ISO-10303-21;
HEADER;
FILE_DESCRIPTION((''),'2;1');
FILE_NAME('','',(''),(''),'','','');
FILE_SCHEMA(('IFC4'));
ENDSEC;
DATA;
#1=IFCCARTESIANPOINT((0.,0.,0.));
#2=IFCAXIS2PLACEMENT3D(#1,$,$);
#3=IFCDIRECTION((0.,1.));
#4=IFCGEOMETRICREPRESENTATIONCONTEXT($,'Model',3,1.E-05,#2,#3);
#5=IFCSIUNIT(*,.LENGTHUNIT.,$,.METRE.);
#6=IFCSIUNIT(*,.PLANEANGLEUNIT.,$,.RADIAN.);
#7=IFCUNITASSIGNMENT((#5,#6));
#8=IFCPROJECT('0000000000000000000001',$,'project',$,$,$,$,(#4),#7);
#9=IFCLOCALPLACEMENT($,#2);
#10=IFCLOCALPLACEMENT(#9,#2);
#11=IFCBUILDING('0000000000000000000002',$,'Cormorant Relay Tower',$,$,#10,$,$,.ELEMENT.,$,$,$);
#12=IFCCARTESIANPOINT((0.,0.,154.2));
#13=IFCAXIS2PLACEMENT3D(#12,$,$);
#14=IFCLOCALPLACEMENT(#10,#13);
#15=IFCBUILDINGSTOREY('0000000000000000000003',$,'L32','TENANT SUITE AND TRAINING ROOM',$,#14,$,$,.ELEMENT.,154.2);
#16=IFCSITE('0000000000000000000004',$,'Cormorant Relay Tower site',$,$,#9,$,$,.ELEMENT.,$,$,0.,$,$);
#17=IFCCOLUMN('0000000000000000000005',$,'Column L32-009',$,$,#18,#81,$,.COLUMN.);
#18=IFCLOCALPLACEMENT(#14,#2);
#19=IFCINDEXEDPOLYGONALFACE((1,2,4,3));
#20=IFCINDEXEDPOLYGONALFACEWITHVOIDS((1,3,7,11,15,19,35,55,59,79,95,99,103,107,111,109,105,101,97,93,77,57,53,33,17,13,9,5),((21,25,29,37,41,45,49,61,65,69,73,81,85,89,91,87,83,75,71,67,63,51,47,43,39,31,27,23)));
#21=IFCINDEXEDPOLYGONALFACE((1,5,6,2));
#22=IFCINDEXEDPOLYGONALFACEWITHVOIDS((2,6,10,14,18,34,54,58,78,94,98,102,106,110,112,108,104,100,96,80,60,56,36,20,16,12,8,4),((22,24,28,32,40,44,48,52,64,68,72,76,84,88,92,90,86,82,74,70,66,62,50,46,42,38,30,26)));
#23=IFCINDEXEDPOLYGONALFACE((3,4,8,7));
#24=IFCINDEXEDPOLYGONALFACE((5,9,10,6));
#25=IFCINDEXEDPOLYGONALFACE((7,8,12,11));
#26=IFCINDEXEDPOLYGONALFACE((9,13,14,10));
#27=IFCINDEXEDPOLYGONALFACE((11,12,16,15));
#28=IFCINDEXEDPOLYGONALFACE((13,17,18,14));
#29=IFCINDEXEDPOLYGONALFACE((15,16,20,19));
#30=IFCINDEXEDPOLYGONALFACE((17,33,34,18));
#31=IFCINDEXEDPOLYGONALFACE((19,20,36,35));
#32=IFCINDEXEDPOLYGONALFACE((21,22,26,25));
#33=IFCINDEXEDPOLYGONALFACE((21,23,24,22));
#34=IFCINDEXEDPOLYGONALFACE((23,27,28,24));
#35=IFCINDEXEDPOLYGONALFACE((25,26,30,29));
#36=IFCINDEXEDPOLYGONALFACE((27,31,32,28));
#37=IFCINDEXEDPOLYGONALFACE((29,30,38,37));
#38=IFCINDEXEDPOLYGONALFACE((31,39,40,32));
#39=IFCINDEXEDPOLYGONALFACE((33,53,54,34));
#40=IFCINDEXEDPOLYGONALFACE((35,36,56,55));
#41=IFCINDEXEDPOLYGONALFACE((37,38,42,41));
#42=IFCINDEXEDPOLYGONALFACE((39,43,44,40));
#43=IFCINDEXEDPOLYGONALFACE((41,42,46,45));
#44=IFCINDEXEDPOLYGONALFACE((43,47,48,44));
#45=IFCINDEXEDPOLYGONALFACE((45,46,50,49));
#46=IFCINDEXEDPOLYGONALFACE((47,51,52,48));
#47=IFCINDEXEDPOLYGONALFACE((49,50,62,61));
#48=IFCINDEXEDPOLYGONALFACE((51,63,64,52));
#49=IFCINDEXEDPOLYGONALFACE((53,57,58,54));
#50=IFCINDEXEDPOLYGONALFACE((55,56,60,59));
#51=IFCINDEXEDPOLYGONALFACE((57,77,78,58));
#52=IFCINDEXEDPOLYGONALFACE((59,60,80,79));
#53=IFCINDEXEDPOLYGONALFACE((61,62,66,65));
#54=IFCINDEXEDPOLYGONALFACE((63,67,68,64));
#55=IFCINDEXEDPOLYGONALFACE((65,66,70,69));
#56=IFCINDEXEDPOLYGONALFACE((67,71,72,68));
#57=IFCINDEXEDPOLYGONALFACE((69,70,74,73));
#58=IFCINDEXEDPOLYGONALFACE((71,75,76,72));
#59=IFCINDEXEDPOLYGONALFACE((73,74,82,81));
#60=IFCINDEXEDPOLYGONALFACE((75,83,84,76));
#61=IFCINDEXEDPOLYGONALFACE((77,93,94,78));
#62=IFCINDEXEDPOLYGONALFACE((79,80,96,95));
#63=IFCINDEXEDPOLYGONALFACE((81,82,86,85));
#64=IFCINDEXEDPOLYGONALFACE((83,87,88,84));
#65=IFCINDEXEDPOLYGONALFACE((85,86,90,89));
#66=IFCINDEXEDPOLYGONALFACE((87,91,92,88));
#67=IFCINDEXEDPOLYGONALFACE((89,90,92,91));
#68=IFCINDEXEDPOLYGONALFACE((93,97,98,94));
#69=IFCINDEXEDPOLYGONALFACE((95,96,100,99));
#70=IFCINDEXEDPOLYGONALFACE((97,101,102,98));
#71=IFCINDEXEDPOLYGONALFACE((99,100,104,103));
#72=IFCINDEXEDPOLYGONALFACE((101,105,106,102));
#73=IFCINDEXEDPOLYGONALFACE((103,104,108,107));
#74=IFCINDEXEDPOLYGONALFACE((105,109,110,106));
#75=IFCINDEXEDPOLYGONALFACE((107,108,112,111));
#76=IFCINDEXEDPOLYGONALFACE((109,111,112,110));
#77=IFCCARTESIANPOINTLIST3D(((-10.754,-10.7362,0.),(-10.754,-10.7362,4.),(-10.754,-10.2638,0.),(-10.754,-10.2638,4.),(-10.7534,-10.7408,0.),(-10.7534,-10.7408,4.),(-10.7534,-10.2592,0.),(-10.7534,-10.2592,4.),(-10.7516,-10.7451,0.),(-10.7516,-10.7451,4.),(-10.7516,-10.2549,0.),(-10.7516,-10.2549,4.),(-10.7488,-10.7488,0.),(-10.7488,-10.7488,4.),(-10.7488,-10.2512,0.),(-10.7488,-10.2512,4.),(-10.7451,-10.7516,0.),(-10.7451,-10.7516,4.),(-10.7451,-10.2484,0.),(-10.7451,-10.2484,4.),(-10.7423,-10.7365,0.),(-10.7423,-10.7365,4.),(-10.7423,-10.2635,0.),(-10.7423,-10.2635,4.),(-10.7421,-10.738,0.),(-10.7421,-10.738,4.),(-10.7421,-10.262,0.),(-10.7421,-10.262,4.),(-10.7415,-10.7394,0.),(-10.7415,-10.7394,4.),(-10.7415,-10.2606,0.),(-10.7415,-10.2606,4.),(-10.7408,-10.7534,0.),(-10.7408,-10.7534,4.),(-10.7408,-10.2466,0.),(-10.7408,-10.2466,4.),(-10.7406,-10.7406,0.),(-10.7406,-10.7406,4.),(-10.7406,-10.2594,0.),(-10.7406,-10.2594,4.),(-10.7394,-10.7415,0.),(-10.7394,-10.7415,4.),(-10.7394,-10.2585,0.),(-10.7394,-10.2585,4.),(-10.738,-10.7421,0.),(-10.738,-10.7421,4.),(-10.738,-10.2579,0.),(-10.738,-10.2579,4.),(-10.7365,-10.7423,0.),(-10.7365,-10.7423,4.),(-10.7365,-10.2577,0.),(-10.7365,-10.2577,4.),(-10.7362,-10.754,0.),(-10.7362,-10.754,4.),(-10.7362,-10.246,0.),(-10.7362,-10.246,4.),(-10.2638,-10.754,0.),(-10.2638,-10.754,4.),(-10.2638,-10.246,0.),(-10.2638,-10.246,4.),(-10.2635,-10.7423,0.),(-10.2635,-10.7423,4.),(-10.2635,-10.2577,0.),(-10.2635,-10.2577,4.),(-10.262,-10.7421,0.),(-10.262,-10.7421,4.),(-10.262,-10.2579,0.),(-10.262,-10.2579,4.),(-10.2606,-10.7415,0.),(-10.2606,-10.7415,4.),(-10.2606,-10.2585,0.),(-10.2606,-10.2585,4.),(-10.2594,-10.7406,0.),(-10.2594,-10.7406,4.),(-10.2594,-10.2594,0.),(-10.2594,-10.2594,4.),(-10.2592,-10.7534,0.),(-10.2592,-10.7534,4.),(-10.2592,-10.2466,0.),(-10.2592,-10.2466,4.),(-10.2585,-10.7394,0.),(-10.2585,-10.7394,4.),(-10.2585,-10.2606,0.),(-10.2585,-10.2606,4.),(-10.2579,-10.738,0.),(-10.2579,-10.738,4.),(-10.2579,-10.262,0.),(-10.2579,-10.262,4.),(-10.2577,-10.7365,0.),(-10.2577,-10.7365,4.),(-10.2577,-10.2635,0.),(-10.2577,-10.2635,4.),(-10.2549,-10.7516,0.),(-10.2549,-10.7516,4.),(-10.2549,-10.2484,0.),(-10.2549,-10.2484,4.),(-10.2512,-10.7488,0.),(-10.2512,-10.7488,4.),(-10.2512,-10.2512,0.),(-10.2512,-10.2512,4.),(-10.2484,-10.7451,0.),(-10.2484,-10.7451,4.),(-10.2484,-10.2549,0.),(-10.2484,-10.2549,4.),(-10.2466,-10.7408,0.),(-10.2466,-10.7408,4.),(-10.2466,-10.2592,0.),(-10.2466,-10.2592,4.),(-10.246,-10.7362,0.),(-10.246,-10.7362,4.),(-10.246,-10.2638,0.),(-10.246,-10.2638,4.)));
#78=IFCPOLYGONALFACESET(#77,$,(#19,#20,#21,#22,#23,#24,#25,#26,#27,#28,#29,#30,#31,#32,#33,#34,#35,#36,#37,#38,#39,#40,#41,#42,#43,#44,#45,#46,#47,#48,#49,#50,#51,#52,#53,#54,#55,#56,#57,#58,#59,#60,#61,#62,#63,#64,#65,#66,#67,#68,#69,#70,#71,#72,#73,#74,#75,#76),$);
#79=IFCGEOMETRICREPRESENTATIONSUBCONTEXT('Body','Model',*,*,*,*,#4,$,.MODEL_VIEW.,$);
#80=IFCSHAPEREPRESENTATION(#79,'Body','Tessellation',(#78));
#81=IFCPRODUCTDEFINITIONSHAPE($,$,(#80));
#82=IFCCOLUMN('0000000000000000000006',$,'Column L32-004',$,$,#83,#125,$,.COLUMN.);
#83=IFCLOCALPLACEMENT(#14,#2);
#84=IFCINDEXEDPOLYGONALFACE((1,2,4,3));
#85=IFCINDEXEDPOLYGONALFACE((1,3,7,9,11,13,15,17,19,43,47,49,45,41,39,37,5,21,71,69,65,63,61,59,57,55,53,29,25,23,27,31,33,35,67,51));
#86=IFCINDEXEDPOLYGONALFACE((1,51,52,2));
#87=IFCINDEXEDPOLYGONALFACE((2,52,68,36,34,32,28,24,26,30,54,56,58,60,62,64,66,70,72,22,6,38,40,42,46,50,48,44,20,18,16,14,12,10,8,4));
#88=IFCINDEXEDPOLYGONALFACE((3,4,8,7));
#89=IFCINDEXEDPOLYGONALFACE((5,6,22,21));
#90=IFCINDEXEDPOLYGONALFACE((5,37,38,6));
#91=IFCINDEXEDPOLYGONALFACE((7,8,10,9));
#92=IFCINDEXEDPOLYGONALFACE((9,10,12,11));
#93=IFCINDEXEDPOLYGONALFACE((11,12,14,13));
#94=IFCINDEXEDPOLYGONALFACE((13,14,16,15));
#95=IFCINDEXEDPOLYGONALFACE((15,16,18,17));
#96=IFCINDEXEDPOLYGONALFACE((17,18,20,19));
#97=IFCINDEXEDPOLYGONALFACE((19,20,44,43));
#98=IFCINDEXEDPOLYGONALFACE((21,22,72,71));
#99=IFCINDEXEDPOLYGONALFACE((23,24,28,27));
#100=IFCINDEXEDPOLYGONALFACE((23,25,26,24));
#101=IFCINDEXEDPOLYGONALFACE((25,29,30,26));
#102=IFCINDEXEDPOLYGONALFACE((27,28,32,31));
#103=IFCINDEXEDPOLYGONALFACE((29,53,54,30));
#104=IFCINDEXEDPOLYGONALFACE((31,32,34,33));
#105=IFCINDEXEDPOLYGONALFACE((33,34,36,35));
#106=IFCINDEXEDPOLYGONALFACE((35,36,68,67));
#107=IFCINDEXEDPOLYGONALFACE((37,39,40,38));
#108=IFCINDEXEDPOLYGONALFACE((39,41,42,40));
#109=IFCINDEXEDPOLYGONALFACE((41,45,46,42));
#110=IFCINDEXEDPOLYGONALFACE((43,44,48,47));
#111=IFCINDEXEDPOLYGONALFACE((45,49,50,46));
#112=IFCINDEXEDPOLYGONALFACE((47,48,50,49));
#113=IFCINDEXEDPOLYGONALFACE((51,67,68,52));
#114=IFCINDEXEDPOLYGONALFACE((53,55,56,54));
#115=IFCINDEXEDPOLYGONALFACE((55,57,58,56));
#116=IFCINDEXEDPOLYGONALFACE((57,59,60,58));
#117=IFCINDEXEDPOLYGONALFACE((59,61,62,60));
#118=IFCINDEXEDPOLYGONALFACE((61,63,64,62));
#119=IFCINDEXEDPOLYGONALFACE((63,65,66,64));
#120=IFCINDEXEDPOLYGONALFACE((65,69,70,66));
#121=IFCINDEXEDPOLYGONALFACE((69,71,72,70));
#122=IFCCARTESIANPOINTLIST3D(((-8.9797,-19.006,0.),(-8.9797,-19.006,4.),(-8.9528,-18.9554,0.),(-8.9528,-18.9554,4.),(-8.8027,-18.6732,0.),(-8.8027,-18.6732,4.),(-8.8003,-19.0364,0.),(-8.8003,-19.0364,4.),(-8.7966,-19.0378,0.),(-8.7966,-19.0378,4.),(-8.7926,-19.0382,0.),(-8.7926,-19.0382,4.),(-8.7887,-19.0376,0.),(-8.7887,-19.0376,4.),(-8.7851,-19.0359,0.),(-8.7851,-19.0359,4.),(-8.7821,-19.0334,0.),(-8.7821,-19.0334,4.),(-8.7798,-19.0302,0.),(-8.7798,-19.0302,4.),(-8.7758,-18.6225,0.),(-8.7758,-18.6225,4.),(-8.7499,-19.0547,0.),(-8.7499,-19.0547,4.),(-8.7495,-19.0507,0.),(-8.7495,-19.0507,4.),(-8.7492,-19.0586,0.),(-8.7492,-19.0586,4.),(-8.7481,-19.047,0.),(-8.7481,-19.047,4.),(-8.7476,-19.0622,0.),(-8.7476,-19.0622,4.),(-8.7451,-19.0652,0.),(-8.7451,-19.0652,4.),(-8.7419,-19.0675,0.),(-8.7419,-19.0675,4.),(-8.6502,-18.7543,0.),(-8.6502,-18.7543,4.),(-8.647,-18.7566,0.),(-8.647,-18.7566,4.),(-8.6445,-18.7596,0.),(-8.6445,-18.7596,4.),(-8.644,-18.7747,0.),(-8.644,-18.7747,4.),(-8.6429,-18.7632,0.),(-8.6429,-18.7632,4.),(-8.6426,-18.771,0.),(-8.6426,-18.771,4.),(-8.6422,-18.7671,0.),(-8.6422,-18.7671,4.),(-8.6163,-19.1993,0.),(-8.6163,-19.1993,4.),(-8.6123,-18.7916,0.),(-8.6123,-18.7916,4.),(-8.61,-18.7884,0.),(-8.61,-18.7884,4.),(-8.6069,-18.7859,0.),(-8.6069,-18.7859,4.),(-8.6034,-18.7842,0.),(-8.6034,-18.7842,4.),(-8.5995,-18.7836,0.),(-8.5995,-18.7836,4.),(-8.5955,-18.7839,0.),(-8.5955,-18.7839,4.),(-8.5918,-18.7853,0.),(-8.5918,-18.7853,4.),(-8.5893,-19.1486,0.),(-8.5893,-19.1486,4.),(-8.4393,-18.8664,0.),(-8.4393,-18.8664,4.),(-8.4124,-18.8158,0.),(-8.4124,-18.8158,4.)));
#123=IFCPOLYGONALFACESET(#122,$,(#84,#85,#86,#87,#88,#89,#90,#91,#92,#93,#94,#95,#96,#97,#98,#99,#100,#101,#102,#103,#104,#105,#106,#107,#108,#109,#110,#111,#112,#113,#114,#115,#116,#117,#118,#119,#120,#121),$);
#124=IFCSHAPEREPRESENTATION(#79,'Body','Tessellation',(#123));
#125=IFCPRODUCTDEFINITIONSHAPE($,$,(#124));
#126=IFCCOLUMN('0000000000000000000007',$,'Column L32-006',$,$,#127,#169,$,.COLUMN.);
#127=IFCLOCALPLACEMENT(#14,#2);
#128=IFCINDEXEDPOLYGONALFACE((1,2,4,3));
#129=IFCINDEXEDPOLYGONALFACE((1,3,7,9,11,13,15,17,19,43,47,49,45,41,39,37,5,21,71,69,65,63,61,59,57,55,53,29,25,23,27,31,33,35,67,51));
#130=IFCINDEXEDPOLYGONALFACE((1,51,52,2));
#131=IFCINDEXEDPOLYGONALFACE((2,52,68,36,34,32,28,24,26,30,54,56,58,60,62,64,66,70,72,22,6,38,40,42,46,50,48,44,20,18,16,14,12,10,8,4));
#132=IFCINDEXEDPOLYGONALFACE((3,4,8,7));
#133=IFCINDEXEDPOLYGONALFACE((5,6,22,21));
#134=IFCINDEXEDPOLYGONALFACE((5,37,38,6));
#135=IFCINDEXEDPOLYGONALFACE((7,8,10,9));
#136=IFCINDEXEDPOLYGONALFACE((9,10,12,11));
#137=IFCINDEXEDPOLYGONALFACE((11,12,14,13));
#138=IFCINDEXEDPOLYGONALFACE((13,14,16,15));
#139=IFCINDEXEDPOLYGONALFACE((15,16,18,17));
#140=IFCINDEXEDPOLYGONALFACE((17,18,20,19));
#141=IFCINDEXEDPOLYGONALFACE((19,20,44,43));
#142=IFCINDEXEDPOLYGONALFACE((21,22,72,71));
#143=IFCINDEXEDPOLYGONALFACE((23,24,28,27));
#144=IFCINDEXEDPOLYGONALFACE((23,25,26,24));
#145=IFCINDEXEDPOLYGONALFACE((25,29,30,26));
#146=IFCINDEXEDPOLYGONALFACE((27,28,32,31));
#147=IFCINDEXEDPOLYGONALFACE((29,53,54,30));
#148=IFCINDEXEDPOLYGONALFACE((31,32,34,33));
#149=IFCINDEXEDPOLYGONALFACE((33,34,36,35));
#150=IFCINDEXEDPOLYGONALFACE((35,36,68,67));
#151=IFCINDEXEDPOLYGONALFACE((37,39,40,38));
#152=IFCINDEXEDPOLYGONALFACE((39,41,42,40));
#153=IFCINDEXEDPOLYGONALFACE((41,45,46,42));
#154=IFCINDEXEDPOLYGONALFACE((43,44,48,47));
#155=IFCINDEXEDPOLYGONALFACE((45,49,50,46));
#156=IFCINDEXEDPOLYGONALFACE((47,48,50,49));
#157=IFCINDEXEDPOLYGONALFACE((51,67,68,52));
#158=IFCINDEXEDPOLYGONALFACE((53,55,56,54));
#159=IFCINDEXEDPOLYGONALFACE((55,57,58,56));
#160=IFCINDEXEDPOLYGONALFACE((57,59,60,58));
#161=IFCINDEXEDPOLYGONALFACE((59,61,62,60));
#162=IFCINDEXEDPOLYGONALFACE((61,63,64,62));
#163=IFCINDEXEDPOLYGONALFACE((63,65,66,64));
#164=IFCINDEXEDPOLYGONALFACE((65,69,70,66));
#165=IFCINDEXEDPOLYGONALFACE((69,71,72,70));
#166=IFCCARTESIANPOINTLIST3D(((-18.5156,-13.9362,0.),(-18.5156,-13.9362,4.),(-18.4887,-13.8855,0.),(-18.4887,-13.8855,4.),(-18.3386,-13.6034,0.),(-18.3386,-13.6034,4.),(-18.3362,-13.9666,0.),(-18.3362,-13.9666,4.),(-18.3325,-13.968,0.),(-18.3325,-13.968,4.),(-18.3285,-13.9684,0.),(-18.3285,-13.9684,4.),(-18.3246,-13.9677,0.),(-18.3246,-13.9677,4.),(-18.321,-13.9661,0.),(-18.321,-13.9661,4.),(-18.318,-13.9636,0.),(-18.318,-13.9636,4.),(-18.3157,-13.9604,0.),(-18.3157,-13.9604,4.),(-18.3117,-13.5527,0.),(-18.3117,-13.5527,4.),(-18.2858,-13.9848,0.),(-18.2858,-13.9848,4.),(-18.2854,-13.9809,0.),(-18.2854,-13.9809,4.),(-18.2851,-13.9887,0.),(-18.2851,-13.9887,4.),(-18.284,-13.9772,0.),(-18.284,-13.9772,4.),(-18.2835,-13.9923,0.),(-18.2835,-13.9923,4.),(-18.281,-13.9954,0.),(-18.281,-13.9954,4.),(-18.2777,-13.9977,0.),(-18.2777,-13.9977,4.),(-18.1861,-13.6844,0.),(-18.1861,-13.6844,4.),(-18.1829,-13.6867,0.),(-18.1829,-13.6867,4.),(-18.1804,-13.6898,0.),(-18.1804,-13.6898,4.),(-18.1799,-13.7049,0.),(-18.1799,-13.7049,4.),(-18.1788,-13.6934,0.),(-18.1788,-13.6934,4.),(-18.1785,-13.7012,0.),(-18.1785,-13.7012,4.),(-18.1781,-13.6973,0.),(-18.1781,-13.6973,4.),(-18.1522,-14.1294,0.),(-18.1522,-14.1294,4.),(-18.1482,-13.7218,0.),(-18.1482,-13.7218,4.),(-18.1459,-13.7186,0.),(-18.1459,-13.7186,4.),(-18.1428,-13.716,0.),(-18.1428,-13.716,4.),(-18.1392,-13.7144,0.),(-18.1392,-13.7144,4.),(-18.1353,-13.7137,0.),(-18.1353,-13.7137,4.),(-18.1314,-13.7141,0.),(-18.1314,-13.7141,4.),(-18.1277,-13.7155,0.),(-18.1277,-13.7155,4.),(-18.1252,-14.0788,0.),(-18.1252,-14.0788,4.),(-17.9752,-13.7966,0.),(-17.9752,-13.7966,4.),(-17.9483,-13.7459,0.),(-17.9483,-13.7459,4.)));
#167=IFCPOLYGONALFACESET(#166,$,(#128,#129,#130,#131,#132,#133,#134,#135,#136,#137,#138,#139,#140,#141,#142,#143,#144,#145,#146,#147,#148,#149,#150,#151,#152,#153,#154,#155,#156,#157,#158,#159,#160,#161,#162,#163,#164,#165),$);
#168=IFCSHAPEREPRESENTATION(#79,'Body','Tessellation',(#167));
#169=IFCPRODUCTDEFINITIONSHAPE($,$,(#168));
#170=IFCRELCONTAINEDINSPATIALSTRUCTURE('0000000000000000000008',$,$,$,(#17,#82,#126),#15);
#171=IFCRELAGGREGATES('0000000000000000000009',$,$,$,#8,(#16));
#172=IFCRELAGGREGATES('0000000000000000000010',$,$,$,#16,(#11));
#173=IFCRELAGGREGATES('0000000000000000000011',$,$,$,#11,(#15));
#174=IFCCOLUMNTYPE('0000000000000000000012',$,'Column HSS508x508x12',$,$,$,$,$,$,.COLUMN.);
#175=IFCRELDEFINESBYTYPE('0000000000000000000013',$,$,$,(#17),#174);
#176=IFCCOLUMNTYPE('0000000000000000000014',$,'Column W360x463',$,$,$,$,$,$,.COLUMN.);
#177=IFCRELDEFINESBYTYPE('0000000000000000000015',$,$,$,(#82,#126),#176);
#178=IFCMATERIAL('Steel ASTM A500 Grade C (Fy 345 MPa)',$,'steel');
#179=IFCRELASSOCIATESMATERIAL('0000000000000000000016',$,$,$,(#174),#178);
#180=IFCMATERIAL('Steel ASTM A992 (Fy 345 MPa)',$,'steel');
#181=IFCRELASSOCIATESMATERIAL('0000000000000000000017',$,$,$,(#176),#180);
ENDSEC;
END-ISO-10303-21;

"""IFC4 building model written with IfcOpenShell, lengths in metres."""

from ifc_helpers import new_model, si_unit, direction, frame, origin, origin_2d, place, context, subcontext, project, spatial, hollow_rectangle, i_section, extrude, material, material_profile, profile_set, type_object, element, save


model = new_model("IFC4")

# Units and contexts
model_context = context("Model", 3, precision=1e-05, world=origin(), true_north=direction((0.0, 1.0)))
body_context = subcontext(model_context, "Body", "Model", "MODEL_VIEW")
ifc_project = project(units=[si_unit("LENGTHUNIT", "METRE"), si_unit("PLANEANGLEUNIT", "RADIAN")], contexts=[model_context])

# Site, building, storey
site_placement = place(None, origin())
site = spatial("IfcSite", under=ifc_project, at=site_placement, Name="Cormorant Relay Tower site", CompositionType="ELEMENT", RefElevation=0.0)
building_placement = place(site_placement, origin())
building = spatial("IfcBuilding", under=site, at=building_placement, Name="Cormorant Relay Tower", CompositionType="ELEMENT")
storey_placement = place(building_placement, frame((0.0, 0.0, 154.2)))
storey = spatial("IfcBuildingStorey", under=building, at=storey_placement, Name="L32", Description="TENANT SUITE AND TRAINING ROOM", CompositionType="ELEMENT", Elevation=154.2)

# Columns
ifc_material_1 = material(Name="Steel ASTM A500 Grade C (Fy 345 MPa)", Category="steel")
ifc_material_profile_1 = material_profile(ifc_material_1, hollow_rectangle(XDim=0.5081, YDim=0.5081, WallThickness=0.0117, InnerFilletRadius=0.0059, OuterFilletRadius=0.0178, at=origin_2d()), Name="HSS508x508x12")
ifc_profile_set_1 = profile_set([ifc_material_profile_1], Name="Steel ASTM A500 Grade C (Fy 345 MPa)")
column_type_1 = type_object("IfcColumnType", Name="Column HSS508x508x12", PredefinedType="COLUMN", material=ifc_profile_set_1)
column_1_placement = place(storey_placement, frame((-10.5, -10.5, 0.0), z_axis=(0.0, 0.0, 1.0), x_axis=(1.0, 0.0, 0.0)))
element("IfcColumn", 1, at=column_1_placement, inside=storey, type_object=column_type_1, Name="Column L32-009", PredefinedType="COLUMN", context=body_context, shape_type="SweptSolid", body=[
    extrude(hollow_rectangle(XDim=0.5081, YDim=0.5081, WallThickness=0.0117, InnerFilletRadius=0.0059, OuterFilletRadius=0.0178, at=origin_2d()), origin(), (0.0, 0.0, 1.0), 4.0),
])
ifc_material_2 = material(Name="Steel ASTM A992 (Fy 345 MPa)", Category="steel")
ifc_material_profile_2 = material_profile(ifc_material_2, i_section(OverallWidth=0.4116, OverallDepth=0.4343, WebThickness=0.0359, FlangeThickness=0.0574, FilletRadius=0.0151, at=origin_2d()), Name="W360x463")
ifc_profile_set_2 = profile_set([ifc_material_profile_2], Name="Steel ASTM A992 (Fy 345 MPa)")
column_type_2 = type_object("IfcColumnType", Name="Column W360x463", PredefinedType="COLUMN", material=ifc_profile_set_2)
for number, where, z_axis, x_axis, name in (
    (2, (-8.696, -18.9109, 0.0), (0.0, 0.0, 1.0), (0.882948, -0.469472, 0.0), "Column L32-004"),
    (3, (-18.2319, -13.8411, 0.0), (0.0, 0.0, 1.0), (0.882948, -0.469472, 0.0), "Column L32-006"),
):
    element("IfcColumn", number, at=place(storey_placement, frame(where, z_axis=z_axis, x_axis=x_axis)), inside=storey, type_object=column_type_2, Name=name, PredefinedType="COLUMN", context=body_context, shape_type="SweptSolid", body=[
        extrude(i_section(OverallWidth=0.4116, OverallDepth=0.4343, WebThickness=0.0359, FlangeThickness=0.0574, FilletRadius=0.0151, at=origin_2d()), origin(), (0.0, 0.0, 1.0), 4.0),
    ])

save(model, "model.ifc")
